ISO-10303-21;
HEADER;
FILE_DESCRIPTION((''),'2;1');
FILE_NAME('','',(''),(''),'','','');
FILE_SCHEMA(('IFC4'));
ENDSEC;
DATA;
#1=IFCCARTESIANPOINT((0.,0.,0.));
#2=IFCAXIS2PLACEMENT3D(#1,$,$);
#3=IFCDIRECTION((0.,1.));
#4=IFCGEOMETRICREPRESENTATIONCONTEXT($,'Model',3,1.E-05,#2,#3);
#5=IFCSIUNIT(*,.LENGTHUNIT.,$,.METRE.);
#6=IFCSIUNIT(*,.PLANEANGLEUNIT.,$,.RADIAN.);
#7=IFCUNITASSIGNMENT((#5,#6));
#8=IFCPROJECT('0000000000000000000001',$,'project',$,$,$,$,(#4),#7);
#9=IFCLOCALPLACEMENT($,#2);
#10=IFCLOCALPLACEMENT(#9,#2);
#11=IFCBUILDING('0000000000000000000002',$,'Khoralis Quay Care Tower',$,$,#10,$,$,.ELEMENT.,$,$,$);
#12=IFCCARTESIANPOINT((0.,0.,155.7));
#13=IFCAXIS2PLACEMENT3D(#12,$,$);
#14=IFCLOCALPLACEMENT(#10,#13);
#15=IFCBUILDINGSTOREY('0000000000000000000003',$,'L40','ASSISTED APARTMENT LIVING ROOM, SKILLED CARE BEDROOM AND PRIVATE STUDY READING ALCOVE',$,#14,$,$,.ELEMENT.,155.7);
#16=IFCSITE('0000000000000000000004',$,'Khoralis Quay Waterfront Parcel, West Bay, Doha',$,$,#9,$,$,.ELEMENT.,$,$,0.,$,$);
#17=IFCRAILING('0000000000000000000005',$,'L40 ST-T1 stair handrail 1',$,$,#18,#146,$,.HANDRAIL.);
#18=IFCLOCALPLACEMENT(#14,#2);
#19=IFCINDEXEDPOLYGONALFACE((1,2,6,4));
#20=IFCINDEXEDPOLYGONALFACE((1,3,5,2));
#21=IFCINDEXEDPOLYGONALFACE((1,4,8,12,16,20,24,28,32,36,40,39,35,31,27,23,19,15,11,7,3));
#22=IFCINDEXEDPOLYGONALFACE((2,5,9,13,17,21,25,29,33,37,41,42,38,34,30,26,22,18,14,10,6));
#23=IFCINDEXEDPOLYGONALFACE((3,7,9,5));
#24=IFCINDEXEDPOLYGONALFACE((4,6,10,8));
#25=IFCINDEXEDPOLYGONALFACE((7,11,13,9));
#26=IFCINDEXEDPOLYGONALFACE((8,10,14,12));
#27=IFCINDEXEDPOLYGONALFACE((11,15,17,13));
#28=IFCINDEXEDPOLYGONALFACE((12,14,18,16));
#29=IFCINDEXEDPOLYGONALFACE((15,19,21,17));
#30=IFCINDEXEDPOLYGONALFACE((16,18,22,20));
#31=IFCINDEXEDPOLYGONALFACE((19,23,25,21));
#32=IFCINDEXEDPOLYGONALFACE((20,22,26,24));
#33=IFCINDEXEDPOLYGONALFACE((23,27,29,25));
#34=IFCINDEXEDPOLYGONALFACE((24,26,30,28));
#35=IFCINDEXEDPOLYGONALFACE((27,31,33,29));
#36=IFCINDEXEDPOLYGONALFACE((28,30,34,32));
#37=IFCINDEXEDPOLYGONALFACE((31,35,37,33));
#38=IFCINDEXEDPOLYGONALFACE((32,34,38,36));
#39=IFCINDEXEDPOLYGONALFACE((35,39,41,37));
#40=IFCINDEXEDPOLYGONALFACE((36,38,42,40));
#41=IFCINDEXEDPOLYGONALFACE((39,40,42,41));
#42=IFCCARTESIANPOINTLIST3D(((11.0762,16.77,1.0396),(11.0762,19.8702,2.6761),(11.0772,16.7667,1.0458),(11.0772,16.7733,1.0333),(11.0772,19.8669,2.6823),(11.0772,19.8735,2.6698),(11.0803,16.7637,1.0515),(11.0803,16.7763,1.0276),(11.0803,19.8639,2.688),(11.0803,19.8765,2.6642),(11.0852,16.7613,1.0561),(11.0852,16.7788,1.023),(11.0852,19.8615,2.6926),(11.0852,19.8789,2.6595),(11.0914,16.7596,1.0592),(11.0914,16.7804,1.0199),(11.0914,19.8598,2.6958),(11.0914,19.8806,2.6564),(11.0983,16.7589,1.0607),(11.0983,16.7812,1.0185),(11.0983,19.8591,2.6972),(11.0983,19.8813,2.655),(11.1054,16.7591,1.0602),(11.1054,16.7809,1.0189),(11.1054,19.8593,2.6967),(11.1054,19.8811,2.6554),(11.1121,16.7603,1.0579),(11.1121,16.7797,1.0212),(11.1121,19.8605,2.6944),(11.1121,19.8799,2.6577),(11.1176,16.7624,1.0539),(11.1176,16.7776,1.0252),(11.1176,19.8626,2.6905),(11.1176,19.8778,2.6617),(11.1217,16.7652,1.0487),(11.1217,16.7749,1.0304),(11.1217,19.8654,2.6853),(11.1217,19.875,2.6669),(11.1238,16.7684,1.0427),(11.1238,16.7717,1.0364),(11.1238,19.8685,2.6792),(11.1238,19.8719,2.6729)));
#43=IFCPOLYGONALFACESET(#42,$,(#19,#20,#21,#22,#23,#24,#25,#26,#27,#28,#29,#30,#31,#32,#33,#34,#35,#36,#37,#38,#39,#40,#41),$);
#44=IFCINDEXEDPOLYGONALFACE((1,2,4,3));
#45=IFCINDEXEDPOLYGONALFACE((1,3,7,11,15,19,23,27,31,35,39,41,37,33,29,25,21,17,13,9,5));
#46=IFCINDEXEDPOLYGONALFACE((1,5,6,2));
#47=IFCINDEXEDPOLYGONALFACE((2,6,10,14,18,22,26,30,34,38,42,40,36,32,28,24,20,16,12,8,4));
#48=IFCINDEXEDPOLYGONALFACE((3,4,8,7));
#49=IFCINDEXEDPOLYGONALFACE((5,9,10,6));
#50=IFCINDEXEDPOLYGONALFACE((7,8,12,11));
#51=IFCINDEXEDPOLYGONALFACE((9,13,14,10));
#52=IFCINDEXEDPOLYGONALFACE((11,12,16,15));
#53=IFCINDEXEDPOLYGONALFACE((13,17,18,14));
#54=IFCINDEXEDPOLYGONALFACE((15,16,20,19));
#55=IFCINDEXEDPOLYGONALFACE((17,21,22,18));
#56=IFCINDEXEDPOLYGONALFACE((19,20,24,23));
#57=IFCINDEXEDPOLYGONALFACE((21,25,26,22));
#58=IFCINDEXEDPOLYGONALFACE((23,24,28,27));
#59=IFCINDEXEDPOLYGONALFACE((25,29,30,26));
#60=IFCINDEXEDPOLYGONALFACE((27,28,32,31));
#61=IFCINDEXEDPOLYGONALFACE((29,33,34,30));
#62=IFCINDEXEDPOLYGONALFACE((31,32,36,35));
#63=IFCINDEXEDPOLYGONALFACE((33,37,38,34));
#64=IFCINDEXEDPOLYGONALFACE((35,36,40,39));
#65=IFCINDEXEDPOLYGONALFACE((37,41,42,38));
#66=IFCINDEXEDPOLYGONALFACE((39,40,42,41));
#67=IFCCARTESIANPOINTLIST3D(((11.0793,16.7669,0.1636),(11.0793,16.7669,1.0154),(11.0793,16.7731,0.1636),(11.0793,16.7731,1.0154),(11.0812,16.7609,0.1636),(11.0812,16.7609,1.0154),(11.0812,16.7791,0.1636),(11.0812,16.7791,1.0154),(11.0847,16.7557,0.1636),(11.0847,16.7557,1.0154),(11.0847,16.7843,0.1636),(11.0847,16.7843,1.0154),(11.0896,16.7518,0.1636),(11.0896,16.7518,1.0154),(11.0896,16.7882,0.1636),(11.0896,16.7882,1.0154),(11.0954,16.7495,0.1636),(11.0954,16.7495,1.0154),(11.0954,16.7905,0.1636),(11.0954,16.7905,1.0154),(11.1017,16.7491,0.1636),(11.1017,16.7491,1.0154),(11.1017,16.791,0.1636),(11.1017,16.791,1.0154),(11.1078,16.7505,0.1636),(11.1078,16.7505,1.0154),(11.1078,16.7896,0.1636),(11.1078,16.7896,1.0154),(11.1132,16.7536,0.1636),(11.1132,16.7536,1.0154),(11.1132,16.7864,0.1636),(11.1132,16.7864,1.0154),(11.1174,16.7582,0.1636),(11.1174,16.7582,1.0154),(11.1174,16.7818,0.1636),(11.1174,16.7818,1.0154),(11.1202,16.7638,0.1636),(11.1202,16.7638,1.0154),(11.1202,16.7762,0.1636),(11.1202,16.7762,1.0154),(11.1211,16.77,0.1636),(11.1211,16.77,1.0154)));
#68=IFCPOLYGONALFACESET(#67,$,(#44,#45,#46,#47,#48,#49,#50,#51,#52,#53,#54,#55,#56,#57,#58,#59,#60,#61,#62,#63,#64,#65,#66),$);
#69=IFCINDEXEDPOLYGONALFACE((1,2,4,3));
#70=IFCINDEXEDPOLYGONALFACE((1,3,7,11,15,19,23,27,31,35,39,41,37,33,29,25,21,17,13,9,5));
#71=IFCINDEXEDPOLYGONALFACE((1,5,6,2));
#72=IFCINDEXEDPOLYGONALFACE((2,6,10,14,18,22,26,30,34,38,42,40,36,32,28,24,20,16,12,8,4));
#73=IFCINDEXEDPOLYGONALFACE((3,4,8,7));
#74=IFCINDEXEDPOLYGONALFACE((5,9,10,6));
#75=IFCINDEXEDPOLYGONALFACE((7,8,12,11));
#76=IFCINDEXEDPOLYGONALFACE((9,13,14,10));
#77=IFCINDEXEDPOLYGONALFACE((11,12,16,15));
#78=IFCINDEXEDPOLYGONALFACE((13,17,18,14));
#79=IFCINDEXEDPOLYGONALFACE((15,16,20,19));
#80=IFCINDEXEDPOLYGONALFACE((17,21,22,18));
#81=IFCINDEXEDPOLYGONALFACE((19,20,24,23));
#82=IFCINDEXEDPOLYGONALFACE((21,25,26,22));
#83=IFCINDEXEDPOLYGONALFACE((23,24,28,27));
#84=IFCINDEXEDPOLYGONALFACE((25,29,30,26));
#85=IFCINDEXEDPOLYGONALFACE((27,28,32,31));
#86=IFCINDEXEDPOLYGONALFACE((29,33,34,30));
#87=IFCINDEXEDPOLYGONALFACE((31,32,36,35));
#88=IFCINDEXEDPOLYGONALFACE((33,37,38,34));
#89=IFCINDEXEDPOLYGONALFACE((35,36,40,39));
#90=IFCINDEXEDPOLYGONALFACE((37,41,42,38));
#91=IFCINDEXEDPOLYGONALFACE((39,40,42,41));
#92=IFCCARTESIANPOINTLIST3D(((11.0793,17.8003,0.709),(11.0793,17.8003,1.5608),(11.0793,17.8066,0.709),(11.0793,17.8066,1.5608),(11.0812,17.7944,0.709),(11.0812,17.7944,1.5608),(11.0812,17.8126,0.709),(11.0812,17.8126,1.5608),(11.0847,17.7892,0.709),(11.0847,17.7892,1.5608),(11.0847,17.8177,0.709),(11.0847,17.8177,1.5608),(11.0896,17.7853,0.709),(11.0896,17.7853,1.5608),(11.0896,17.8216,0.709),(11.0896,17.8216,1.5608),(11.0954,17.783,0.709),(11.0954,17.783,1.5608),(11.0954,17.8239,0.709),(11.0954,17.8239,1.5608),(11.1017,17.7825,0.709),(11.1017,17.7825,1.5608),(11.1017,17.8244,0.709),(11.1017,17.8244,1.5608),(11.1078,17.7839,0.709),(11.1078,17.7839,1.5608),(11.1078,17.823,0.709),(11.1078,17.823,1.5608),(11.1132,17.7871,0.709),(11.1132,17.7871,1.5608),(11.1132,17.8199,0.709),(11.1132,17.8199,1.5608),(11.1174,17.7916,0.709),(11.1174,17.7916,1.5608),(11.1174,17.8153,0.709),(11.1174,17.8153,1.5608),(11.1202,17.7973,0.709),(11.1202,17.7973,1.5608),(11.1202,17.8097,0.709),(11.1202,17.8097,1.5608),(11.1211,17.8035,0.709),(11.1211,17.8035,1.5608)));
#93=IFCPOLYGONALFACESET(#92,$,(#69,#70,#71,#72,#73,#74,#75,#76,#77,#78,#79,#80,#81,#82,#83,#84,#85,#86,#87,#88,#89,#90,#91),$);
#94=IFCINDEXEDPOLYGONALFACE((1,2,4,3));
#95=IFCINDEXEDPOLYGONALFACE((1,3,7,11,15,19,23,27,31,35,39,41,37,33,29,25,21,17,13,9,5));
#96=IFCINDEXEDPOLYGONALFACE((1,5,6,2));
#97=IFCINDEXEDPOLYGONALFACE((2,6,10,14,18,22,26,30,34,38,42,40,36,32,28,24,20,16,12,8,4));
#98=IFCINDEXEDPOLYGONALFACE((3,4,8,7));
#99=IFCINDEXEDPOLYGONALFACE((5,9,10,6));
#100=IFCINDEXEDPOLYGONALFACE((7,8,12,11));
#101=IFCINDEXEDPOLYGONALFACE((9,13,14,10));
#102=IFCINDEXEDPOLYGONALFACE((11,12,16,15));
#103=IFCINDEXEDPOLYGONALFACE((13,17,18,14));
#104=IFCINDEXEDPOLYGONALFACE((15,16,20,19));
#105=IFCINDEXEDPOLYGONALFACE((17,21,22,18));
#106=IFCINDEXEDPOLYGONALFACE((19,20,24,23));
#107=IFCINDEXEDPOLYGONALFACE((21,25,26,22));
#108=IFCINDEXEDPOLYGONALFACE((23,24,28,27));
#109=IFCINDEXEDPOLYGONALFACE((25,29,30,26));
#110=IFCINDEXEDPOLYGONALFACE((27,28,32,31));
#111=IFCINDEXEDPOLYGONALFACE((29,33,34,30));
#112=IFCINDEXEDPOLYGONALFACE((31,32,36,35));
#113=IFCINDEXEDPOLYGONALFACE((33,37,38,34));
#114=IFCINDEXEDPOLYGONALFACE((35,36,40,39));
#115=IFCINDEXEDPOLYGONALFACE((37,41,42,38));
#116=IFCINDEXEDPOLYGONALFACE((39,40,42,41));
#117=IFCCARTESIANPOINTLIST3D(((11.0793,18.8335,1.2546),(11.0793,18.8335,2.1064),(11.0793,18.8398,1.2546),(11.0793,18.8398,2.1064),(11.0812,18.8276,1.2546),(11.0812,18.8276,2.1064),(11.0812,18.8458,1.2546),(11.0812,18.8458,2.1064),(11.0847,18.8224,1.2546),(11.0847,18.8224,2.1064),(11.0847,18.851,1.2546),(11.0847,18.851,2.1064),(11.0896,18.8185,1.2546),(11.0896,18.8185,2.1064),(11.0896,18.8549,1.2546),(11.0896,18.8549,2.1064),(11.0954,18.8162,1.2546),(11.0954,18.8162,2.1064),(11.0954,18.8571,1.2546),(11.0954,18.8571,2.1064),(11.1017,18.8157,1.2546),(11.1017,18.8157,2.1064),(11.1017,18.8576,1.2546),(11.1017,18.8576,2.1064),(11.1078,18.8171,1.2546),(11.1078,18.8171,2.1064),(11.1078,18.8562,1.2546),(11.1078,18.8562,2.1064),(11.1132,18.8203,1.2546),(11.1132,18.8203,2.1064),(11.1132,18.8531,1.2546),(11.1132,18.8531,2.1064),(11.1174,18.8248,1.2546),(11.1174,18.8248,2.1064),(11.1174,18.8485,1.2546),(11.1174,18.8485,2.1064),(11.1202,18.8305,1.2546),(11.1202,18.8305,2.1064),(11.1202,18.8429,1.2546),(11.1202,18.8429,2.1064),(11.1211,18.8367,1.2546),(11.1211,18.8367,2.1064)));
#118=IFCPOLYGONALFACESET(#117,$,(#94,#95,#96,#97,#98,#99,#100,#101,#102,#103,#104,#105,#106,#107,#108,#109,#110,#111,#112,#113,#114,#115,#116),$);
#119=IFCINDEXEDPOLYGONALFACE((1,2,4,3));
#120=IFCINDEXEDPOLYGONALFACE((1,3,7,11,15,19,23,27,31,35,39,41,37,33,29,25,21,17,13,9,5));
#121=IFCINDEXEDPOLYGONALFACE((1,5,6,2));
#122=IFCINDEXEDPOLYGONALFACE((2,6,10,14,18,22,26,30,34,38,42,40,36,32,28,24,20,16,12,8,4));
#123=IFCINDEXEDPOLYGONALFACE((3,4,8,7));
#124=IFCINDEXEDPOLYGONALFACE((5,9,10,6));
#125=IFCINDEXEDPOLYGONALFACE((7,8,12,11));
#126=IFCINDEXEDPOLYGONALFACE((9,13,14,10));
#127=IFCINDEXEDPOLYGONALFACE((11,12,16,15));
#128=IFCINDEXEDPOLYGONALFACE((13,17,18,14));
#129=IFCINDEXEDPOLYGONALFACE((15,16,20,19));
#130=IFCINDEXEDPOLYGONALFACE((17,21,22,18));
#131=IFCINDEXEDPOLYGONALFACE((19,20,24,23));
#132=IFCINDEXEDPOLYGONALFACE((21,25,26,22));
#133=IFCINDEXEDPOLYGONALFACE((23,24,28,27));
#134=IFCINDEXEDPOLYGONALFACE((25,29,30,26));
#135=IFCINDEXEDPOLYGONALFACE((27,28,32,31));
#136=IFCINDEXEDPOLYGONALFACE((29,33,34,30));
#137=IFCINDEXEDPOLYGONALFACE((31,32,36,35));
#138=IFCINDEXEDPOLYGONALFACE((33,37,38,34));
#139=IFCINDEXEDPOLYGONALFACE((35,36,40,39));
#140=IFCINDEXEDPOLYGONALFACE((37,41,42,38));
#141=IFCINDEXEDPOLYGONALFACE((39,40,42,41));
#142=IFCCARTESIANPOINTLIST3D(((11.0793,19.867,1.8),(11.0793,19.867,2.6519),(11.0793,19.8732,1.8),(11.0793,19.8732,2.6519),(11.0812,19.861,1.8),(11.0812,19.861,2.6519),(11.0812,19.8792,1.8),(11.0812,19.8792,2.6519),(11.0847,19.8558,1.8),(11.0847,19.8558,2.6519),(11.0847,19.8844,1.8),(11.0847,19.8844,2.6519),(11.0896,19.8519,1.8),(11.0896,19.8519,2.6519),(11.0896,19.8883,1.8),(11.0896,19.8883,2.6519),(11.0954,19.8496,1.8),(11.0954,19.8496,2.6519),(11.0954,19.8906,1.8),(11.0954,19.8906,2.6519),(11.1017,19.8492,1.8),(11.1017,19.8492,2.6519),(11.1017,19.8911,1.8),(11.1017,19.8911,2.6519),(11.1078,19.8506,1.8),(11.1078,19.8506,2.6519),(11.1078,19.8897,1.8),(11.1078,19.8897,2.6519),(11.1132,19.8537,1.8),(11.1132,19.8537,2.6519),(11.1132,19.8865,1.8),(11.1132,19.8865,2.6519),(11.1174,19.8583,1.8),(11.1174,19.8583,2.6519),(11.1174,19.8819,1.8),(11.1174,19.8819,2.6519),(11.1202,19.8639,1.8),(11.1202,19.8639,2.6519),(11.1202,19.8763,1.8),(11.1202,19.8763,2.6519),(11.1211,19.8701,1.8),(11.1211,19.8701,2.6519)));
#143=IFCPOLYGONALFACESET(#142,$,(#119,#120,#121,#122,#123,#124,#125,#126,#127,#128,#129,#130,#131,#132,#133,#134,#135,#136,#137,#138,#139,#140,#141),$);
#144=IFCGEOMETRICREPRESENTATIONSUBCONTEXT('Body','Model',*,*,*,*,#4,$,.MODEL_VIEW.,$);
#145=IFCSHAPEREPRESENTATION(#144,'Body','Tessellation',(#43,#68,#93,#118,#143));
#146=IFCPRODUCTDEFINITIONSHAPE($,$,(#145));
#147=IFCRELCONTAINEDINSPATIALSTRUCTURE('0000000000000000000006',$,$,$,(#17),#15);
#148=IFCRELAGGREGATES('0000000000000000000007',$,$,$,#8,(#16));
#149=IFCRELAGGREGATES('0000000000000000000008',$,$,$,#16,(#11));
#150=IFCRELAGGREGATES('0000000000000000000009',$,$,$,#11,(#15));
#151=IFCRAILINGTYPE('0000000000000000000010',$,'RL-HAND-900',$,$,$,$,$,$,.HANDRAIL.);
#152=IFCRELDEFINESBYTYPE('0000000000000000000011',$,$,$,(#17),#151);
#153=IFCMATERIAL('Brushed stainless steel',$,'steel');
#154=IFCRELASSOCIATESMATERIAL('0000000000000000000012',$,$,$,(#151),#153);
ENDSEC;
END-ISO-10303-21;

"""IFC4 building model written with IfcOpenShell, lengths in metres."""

from ifc_helpers import new_model, si_unit, direction, frame, origin, origin_2d, place, context, subcontext, project, spatial, circle, extrude, material, type_object, element, save


model = new_model("IFC4")

# Units and contexts
model_context = context("Model", 3, precision=1e-05, world=origin(), true_north=direction((0.0, 1.0)))
body_context = subcontext(model_context, "Body", "Model", "MODEL_VIEW")
ifc_project = project(units=[si_unit("LENGTHUNIT", "METRE"), si_unit("PLANEANGLEUNIT", "RADIAN")], contexts=[model_context])

# Site, building, storey
site_placement = place(None, origin())
site = spatial("IfcSite", under=ifc_project, at=site_placement, Name="Khoralis Quay Waterfront Parcel, West Bay, Doha", CompositionType="ELEMENT", RefElevation=0.0)
building_placement = place(site_placement, origin())
building = spatial("IfcBuilding", under=site, at=building_placement, Name="Khoralis Quay Care Tower", CompositionType="ELEMENT")
storey_placement = place(building_placement, frame((0.0, 0.0, 155.7)))
storey = spatial("IfcBuildingStorey", under=building, at=storey_placement, Name="L40", Description="ASSISTED APARTMENT LIVING ROOM, SKILLED CARE BEDROOM AND PRIVATE STUDY READING ALCOVE", CompositionType="ELEMENT", Elevation=155.7)

# Shared definitions
ifc_material_1 = material(Name="Brushed stainless steel", Category="steel")

# Railing
railing_type_1 = type_object("IfcRailingType", Name="RL-HAND-900", PredefinedType="HANDRAIL", material=ifc_material_1)
railing_1_placement = place(storey_placement, frame((11.1001, 16.77, 0.1636)))
element("IfcRailing", 1, at=railing_1_placement, inside=storey, type_object=railing_type_1, Name="L40 ST-T1 stair handrail 1", PredefinedType="HANDRAIL", context=body_context, shape_type="SweptSolid", body=[
    extrude(circle(Radius=0.0239, at=origin_2d()), frame((0.0, 0.0, 0.876), z_axis=(0.0, 0.884348, 0.466828), x_axis=(-1.0, 0.0, 0.0)), (0.0, 0.0, 1.0), 3.5056),
    extrude(circle(Radius=0.021, at=origin_2d()), origin(), (0.0, 0.0, 1.0), 0.8518),
    extrude(circle(Radius=0.021, at=origin_2d()), frame((0.0, 1.0334, 0.5454)), (0.0, 0.0, 1.0), 0.8518),
    extrude(circle(Radius=0.021, at=origin_2d()), frame((0.0, 2.0667, 1.0911)), (0.0, 0.0, 1.0), 0.8518),
    extrude(circle(Radius=0.021, at=origin_2d()), frame((0.0, 3.1001, 1.6365)), (0.0, 0.0, 1.0), 0.8518),
])

save(model, "model.ifc")
